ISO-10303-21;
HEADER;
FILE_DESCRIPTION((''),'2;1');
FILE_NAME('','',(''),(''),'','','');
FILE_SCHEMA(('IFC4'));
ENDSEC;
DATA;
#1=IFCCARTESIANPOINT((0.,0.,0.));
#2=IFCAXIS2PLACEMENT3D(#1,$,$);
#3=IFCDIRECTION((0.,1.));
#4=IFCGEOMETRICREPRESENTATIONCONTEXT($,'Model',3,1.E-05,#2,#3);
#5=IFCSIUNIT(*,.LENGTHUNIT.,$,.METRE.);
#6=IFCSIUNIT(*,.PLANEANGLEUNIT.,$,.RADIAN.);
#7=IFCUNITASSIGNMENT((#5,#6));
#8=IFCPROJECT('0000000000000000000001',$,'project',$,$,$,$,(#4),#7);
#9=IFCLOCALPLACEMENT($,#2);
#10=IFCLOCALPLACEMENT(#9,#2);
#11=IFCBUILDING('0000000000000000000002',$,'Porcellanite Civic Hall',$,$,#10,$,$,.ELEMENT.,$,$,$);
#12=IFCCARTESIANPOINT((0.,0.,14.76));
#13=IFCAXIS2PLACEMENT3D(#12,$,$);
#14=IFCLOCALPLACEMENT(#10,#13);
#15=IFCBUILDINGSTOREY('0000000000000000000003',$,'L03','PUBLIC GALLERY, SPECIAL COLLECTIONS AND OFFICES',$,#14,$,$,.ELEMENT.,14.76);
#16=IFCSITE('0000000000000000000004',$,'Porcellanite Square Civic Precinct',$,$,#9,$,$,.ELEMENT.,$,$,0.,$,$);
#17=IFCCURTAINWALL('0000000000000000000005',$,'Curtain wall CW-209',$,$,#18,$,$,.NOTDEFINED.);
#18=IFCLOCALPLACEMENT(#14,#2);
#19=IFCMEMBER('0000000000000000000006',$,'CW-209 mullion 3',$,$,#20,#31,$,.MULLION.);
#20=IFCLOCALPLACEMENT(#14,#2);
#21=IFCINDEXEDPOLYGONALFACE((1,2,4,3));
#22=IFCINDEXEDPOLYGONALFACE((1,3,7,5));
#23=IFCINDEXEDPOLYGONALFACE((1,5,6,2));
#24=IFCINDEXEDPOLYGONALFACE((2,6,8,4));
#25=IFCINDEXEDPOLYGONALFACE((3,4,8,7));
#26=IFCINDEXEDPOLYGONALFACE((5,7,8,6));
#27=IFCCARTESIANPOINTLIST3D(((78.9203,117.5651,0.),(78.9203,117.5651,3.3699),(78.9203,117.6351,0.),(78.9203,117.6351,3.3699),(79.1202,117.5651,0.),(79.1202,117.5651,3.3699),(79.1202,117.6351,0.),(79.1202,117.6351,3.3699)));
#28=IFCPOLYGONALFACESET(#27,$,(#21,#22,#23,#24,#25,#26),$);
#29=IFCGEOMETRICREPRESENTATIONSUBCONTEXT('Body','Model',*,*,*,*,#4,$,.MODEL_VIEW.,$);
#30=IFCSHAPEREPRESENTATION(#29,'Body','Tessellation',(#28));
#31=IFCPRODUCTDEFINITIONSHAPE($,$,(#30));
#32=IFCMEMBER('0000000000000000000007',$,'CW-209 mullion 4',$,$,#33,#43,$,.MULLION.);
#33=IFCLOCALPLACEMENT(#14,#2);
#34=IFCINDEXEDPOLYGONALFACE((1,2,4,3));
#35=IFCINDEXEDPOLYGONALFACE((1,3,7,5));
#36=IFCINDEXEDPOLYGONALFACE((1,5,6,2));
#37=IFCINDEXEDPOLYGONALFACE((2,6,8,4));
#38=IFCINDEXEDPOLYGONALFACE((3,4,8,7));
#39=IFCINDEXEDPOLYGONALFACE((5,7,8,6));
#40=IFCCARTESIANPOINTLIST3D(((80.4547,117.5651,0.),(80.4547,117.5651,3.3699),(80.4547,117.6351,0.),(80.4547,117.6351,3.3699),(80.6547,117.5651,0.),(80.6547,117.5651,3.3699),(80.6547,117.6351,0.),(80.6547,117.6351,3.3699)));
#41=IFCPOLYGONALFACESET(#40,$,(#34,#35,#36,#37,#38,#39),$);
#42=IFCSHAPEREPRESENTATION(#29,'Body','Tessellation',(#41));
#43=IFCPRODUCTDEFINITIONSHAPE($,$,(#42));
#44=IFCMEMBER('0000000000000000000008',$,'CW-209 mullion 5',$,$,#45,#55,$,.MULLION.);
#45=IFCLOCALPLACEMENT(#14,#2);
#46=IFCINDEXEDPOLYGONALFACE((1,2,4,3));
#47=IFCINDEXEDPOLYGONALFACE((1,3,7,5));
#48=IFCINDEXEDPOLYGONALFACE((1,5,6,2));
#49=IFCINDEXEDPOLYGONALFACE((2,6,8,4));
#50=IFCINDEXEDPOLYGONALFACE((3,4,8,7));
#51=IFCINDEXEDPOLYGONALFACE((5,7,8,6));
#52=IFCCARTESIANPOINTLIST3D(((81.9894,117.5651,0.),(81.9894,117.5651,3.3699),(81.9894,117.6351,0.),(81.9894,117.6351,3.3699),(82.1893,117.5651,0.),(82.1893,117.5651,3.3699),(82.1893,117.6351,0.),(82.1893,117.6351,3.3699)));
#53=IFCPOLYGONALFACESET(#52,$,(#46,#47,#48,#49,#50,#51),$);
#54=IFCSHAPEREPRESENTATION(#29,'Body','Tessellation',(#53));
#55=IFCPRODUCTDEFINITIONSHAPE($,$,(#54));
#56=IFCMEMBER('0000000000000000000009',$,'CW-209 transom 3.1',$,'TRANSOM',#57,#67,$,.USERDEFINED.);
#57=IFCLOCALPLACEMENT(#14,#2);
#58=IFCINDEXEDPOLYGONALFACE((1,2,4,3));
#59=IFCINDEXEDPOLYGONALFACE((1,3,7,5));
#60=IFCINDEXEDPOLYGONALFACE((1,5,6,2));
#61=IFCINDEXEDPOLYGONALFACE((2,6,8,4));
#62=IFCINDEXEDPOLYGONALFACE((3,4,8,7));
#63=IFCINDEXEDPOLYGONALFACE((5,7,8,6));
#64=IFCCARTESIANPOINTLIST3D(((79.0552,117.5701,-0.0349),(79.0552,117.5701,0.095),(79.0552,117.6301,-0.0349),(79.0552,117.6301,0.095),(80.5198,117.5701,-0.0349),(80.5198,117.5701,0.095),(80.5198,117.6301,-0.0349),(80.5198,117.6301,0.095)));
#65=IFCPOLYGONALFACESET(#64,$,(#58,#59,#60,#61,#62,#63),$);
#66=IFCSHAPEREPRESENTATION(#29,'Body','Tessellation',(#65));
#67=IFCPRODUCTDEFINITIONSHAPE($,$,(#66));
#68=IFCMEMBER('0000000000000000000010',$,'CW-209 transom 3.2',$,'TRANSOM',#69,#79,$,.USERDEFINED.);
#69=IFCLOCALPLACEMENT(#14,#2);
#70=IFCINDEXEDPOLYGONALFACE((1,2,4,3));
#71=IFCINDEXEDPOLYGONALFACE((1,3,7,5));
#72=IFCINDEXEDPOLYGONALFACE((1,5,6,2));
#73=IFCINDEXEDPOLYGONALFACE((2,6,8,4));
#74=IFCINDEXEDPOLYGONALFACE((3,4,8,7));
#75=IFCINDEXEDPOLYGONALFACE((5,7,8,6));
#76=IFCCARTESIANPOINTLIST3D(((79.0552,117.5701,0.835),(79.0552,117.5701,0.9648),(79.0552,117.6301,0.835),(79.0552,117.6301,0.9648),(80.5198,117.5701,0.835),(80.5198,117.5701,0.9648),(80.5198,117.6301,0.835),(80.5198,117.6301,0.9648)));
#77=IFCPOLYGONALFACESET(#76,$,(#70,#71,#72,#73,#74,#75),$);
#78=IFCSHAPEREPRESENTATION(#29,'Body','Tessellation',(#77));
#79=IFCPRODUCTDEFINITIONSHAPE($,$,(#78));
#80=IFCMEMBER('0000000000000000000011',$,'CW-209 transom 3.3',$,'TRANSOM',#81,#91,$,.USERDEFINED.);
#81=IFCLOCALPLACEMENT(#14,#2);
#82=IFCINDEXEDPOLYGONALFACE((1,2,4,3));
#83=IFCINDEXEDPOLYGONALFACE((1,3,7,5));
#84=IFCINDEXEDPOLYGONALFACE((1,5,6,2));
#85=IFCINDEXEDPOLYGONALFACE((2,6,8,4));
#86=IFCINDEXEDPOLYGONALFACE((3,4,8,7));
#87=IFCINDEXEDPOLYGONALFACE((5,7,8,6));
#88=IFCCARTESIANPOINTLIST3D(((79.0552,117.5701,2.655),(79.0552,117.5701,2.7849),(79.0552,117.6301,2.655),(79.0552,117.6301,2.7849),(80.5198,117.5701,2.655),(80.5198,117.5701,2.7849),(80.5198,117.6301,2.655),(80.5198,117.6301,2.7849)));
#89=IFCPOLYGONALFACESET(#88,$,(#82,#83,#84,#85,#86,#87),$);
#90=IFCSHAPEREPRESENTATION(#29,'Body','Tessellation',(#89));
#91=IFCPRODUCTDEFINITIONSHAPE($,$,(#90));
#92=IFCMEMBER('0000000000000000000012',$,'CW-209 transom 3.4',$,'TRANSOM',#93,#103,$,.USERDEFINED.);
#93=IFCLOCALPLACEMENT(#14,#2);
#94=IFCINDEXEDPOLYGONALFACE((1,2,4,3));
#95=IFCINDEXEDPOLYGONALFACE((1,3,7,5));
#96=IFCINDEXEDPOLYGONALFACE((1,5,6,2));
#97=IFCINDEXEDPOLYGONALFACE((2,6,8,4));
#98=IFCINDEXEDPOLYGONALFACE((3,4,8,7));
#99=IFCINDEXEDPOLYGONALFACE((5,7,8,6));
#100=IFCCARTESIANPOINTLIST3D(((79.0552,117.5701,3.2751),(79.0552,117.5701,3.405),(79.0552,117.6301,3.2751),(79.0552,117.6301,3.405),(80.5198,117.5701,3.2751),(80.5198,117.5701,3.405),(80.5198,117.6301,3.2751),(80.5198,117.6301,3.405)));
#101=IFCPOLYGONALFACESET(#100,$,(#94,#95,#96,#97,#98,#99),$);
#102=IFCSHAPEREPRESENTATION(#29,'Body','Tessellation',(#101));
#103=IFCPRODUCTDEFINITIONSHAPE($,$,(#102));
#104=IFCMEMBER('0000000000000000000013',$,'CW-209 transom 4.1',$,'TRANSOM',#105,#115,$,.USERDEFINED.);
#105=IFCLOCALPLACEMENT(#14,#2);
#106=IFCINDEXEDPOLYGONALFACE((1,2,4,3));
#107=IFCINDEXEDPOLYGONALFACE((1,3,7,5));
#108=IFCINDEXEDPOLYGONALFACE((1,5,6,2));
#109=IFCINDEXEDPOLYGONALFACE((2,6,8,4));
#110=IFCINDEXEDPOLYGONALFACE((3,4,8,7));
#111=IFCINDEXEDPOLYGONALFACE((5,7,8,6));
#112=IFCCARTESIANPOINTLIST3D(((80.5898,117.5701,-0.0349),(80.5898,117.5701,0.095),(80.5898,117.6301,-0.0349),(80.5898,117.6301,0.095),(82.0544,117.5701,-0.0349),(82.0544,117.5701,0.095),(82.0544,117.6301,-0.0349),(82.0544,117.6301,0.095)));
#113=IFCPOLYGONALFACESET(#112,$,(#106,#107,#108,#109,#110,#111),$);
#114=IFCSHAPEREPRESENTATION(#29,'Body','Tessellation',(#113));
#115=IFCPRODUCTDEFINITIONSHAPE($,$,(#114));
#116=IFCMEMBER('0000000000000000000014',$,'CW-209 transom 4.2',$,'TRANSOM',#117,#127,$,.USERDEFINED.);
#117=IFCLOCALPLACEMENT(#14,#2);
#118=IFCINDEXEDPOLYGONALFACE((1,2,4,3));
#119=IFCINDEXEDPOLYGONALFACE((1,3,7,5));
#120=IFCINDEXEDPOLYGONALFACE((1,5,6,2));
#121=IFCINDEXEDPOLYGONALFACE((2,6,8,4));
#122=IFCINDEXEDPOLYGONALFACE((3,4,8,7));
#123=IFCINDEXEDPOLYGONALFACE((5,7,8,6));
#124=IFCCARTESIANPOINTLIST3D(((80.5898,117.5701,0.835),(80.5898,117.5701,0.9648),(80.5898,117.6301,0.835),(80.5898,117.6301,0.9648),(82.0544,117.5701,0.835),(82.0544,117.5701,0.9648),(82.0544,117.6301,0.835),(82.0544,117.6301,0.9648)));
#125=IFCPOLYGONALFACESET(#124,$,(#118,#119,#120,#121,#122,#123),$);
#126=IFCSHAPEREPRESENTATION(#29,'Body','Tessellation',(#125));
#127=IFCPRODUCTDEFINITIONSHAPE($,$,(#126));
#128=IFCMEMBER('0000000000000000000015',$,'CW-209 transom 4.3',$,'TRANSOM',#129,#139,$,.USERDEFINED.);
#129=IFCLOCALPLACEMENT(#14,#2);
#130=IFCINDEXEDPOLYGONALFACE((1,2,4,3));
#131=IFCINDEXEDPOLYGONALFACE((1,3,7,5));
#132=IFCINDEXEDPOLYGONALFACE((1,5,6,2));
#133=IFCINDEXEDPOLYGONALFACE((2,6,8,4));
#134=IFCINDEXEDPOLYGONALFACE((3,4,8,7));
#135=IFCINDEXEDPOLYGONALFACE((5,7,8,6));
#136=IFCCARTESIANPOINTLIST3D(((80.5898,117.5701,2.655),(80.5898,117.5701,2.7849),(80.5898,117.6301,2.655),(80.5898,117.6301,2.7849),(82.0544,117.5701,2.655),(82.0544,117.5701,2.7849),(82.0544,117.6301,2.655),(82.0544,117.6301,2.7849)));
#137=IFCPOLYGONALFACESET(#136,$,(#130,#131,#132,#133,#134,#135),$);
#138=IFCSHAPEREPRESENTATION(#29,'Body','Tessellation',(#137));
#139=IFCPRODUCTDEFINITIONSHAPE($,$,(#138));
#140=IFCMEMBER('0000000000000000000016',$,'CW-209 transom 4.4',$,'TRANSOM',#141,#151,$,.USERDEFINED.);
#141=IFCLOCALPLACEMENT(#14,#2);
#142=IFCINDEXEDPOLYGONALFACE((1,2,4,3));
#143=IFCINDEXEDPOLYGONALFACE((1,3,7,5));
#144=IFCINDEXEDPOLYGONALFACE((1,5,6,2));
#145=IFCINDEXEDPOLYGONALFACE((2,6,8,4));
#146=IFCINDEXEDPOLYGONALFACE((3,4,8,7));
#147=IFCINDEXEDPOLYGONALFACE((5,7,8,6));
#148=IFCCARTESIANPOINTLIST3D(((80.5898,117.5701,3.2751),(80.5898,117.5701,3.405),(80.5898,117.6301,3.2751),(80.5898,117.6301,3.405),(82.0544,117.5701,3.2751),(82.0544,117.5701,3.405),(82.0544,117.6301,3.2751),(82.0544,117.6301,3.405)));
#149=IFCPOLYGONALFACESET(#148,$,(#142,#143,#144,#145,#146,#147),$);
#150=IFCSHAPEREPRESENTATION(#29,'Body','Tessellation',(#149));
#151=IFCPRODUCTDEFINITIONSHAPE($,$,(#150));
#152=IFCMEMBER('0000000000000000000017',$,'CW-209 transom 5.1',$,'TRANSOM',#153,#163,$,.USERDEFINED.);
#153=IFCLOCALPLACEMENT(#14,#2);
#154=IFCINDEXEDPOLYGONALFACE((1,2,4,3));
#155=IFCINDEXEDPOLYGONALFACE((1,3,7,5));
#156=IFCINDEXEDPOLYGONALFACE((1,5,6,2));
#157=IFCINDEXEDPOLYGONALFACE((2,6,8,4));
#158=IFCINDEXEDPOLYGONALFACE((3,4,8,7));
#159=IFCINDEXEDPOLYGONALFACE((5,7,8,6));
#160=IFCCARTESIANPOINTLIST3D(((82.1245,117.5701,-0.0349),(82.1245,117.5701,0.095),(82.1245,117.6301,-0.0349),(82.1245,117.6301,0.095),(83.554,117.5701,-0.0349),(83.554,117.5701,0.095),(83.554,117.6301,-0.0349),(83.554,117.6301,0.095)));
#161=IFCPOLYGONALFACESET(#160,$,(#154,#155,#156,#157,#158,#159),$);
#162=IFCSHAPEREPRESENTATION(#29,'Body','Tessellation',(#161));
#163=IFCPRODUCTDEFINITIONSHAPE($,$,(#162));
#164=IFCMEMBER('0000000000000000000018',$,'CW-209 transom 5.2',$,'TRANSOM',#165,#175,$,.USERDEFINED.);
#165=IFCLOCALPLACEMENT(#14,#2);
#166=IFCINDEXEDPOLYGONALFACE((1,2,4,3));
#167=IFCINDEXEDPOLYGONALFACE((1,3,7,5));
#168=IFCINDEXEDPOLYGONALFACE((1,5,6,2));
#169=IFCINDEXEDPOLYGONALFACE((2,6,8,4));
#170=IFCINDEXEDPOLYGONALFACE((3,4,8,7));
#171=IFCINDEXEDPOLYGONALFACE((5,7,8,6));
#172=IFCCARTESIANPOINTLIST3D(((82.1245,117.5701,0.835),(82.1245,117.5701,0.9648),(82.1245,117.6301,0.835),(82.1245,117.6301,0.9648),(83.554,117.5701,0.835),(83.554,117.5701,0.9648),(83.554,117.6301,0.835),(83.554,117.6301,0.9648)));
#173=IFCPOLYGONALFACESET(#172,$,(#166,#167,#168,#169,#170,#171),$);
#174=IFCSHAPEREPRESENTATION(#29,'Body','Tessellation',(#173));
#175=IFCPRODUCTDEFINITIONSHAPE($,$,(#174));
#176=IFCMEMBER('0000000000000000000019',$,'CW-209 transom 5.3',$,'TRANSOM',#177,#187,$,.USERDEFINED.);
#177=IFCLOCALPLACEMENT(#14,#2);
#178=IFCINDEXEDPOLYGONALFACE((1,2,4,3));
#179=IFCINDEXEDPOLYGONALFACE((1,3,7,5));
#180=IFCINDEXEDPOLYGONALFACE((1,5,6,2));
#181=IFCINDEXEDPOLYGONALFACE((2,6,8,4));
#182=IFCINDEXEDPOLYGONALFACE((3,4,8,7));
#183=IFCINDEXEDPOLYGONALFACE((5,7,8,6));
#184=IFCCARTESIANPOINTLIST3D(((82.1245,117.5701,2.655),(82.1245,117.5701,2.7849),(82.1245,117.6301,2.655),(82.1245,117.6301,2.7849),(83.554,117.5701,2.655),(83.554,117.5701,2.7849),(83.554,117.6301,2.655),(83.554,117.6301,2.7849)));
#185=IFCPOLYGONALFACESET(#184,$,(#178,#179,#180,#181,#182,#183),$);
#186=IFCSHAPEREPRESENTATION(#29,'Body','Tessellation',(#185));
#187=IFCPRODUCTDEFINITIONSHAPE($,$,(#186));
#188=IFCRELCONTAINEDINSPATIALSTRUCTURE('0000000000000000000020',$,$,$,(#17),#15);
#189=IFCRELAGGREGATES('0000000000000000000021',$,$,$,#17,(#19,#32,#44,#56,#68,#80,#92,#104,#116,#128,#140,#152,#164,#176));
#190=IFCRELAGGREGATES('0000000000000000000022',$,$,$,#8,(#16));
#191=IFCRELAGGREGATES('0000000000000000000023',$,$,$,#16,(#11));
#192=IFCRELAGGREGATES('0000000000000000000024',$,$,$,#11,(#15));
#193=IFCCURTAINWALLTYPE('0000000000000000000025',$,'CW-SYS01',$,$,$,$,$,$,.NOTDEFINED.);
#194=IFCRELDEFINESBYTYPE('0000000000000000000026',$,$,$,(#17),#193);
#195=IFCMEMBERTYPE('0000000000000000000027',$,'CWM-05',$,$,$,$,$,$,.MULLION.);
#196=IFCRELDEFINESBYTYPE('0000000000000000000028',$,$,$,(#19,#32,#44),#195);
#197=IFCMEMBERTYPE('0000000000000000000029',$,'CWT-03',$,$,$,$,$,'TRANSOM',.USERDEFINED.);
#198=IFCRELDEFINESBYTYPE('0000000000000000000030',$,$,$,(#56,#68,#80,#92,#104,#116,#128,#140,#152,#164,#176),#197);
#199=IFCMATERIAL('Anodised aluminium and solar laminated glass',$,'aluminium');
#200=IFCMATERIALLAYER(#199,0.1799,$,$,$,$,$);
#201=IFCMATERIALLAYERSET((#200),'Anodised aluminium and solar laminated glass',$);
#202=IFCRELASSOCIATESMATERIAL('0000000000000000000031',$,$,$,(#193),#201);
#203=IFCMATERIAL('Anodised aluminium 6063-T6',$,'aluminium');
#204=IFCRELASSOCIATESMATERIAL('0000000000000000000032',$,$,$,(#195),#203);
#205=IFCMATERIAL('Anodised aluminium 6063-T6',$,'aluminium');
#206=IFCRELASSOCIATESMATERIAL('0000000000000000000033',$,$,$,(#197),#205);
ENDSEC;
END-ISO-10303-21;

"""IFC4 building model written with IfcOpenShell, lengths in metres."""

from ifc_helpers import new_model, si_unit, direction, frame, origin, origin_2d, place, context, subcontext, project, spatial, rectangle, extrude, material, layer, layer_set, material_profile, profile_set, type_object, element, aggregate, save


model = new_model("IFC4")

# Units and contexts
model_context = context("Model", 3, precision=1e-05, world=origin(), true_north=direction((0.0, 1.0)))
body_context = subcontext(model_context, "Body", "Model", "MODEL_VIEW")
ifc_project = project(units=[si_unit("LENGTHUNIT", "METRE"), si_unit("PLANEANGLEUNIT", "RADIAN")], contexts=[model_context])

# Site, building, storey
site_placement = place(None, origin())
site = spatial("IfcSite", under=ifc_project, at=site_placement, Name="Porcellanite Square Civic Precinct", CompositionType="ELEMENT", RefElevation=0.0)
building_placement = place(site_placement, origin())
building = spatial("IfcBuilding", under=site, at=building_placement, Name="Porcellanite Civic Hall", CompositionType="ELEMENT")
storey_placement = place(building_placement, frame((0.0, 0.0, 14.76)))
storey = spatial("IfcBuildingStorey", under=building, at=storey_placement, Name="L03", Description="PUBLIC GALLERY, SPECIAL COLLECTIONS AND OFFICES", CompositionType="ELEMENT", Elevation=14.76)

# Curtain wall, members
ifc_material_1 = material(Name="Anodised aluminium and solar laminated glass", Category="aluminium")
ifc_layer_1 = layer(ifc_material_1, 0.1799)
ifc_layer_set_1 = layer_set([ifc_layer_1], Name="Anodised aluminium and solar laminated glass")
curtain_wall_type = type_object("IfcCurtainWallType", Name="CW-SYS01", PredefinedType="NOTDEFINED", material=ifc_layer_set_1)
curtain_wall_placement = place(storey_placement, origin())
curtain_wall = element("IfcCurtainWall", 1, at=curtain_wall_placement, inside=storey, type_object=curtain_wall_type, Name="Curtain wall CW-209", PredefinedType="NOTDEFINED")
ifc_material_2 = material(Name="Anodised aluminium 6063-T6", Category="aluminium")
ifc_material_profile_1 = material_profile(ifc_material_2, rectangle(XDim=0.0701, YDim=0.2, at=origin_2d()), Name="AL-70x200")
ifc_profile_set_1 = profile_set([ifc_material_profile_1], Name="Anodised aluminium 6063-T6")
member_type_1 = type_object("IfcMemberType", Name="CWM-05", PredefinedType="MULLION", material=ifc_profile_set_1)
member_1_placement = place(storey_placement, frame((79.0203, 117.6001, 0.0), z_axis=(0.0, 0.0, 1.0), x_axis=(0.0, 1.0, 0.0)))
member_1 = element("IfcMember", 2, at=member_1_placement, type_object=member_type_1, Name="CW-209 mullion 3", PredefinedType="MULLION", context=body_context, shape_type="SweptSolid", body=[
    extrude(rectangle(XDim=0.0701, YDim=0.2, at=origin_2d()), origin(), (0.0, 0.0, 1.0), 3.3699),
])
member_2_placement = place(storey_placement, frame((80.5547, 117.6001, 0.0), z_axis=(0.0, 0.0, 1.0), x_axis=(0.0, 1.0, 0.0)))
member_2 = element("IfcMember", 3, at=member_2_placement, type_object=member_type_1, Name="CW-209 mullion 4", PredefinedType="MULLION", context=body_context, shape_type="SweptSolid", body=[
    extrude(rectangle(XDim=0.0701, YDim=0.2, at=origin_2d()), origin(), (0.0, 0.0, 1.0), 3.3699),
])
member_3_placement = place(storey_placement, frame((82.0894, 117.6001, 0.0), z_axis=(0.0, 0.0, 1.0), x_axis=(0.0, 1.0, 0.0)))
member_3 = element("IfcMember", 4, at=member_3_placement, type_object=member_type_1, Name="CW-209 mullion 5", PredefinedType="MULLION", context=body_context, shape_type="SweptSolid", body=[
    extrude(rectangle(XDim=0.0701, YDim=0.2, at=origin_2d()), origin(), (0.0, 0.0, 1.0), 3.3699),
])
ifc_material_3 = material(Name="Anodised aluminium 6063-T6", Category="aluminium")
ifc_material_profile_2 = material_profile(ifc_material_3, rectangle(XDim=0.0601, YDim=0.1299, at=origin_2d()), Name="AL-60x130")
ifc_profile_set_2 = profile_set([ifc_material_profile_2], Name="Anodised aluminium 6063-T6")
member_type_2 = type_object("IfcMemberType", Name="CWT-03", ElementType="TRANSOM", PredefinedType="USERDEFINED", material=ifc_profile_set_2)
member_4_placement = place(storey_placement, frame((79.0552, 117.6001, 0.03), z_axis=(1.0, 0.0, 0.0), x_axis=(0.0, 1.0, 0.0)))
member_4 = element("IfcMember", 5, at=member_4_placement, type_object=member_type_2, Name="CW-209 transom 3.1", ObjectType="TRANSOM", PredefinedType="USERDEFINED", context=body_context, shape_type="SweptSolid", body=[
    extrude(rectangle(XDim=0.0601, YDim=0.1299, at=origin_2d()), origin(), (0.0, 0.0, 1.0), 1.4646),
])
member_5_placement = place(storey_placement, frame((79.0552, 117.6001, 0.8999), z_axis=(1.0, 0.0, 0.0), x_axis=(0.0, 1.0, 0.0)))
member_5 = element("IfcMember", 6, at=member_5_placement, type_object=member_type_2, Name="CW-209 transom 3.2", ObjectType="TRANSOM", PredefinedType="USERDEFINED", context=body_context, shape_type="SweptSolid", body=[
    extrude(rectangle(XDim=0.0601, YDim=0.1299, at=origin_2d()), origin(), (0.0, 0.0, 1.0), 1.4646),
])
member_6_placement = place(storey_placement, frame((79.0552, 117.6001, 2.72), z_axis=(1.0, 0.0, 0.0), x_axis=(0.0, 1.0, 0.0)))
member_6 = element("IfcMember", 7, at=member_6_placement, type_object=member_type_2, Name="CW-209 transom 3.3", ObjectType="TRANSOM", PredefinedType="USERDEFINED", context=body_context, shape_type="SweptSolid", body=[
    extrude(rectangle(XDim=0.0601, YDim=0.1299, at=origin_2d()), origin(), (0.0, 0.0, 1.0), 1.4646),
])
member_7_placement = place(storey_placement, frame((79.0552, 117.6001, 3.3401), z_axis=(1.0, 0.0, 0.0), x_axis=(0.0, 1.0, 0.0)))
member_7 = element("IfcMember", 8, at=member_7_placement, type_object=member_type_2, Name="CW-209 transom 3.4", ObjectType="TRANSOM", PredefinedType="USERDEFINED", context=body_context, shape_type="SweptSolid", body=[
    extrude(rectangle(XDim=0.0601, YDim=0.1299, at=origin_2d()), origin(), (0.0, 0.0, 1.0), 1.4646),
])
member_8_placement = place(storey_placement, frame((80.5898, 117.6001, 0.03), z_axis=(1.0, 0.0, 0.0), x_axis=(0.0, 1.0, 0.0)))
member_8 = element("IfcMember", 9, at=member_8_placement, type_object=member_type_2, Name="CW-209 transom 4.1", ObjectType="TRANSOM", PredefinedType="USERDEFINED", context=body_context, shape_type="SweptSolid", body=[
    extrude(rectangle(XDim=0.0601, YDim=0.1299, at=origin_2d()), origin(), (0.0, 0.0, 1.0), 1.4646),
])
member_9_placement = place(storey_placement, frame((80.5898, 117.6001, 0.8999), z_axis=(1.0, 0.0, 0.0), x_axis=(0.0, 1.0, 0.0)))
member_9 = element("IfcMember", 10, at=member_9_placement, type_object=member_type_2, Name="CW-209 transom 4.2", ObjectType="TRANSOM", PredefinedType="USERDEFINED", context=body_context, shape_type="SweptSolid", body=[
    extrude(rectangle(XDim=0.0601, YDim=0.1299, at=origin_2d()), origin(), (0.0, 0.0, 1.0), 1.4646),
])
member_10_placement = place(storey_placement, frame((80.5898, 117.6001, 2.72), z_axis=(1.0, 0.0, 0.0), x_axis=(0.0, 1.0, 0.0)))
member_10 = element("IfcMember", 11, at=member_10_placement, type_object=member_type_2, Name="CW-209 transom 4.3", ObjectType="TRANSOM", PredefinedType="USERDEFINED", context=body_context, shape_type="SweptSolid", body=[
    extrude(rectangle(XDim=0.0601, YDim=0.1299, at=origin_2d()), origin(), (0.0, 0.0, 1.0), 1.4646),
])
member_11_placement = place(storey_placement, frame((80.5898, 117.6001, 3.3401), z_axis=(1.0, 0.0, 0.0), x_axis=(0.0, 1.0, 0.0)))
member_11 = element("IfcMember", 12, at=member_11_placement, type_object=member_type_2, Name="CW-209 transom 4.4", ObjectType="TRANSOM", PredefinedType="USERDEFINED", context=body_context, shape_type="SweptSolid", body=[
    extrude(rectangle(XDim=0.0601, YDim=0.1299, at=origin_2d()), origin(), (0.0, 0.0, 1.0), 1.4646),
])
member_12_placement = place(storey_placement, frame((82.1245, 117.6001, 0.03), z_axis=(1.0, 0.0, 0.0), x_axis=(0.0, 1.0, 0.0)))
member_12 = element("IfcMember", 13, at=member_12_placement, type_object=member_type_2, Name="CW-209 transom 5.1", ObjectType="TRANSOM", PredefinedType="USERDEFINED", context=body_context, shape_type="SweptSolid", body=[
    extrude(rectangle(XDim=0.0601, YDim=0.1299, at=origin_2d()), origin(), (0.0, 0.0, 1.0), 1.4294),
])
member_13_placement = place(storey_placement, frame((82.1245, 117.6001, 0.8999), z_axis=(1.0, 0.0, 0.0), x_axis=(0.0, 1.0, 0.0)))
member_13 = element("IfcMember", 14, at=member_13_placement, type_object=member_type_2, Name="CW-209 transom 5.2", ObjectType="TRANSOM", PredefinedType="USERDEFINED", context=body_context, shape_type="SweptSolid", body=[
    extrude(rectangle(XDim=0.0601, YDim=0.1299, at=origin_2d()), origin(), (0.0, 0.0, 1.0), 1.4294),
])
member_14_placement = place(storey_placement, frame((82.1245, 117.6001, 2.72), z_axis=(1.0, 0.0, 0.0), x_axis=(0.0, 1.0, 0.0)))
member_14 = element("IfcMember", 15, at=member_14_placement, type_object=member_type_2, Name="CW-209 transom 5.3", ObjectType="TRANSOM", PredefinedType="USERDEFINED", context=body_context, shape_type="SweptSolid", body=[
    extrude(rectangle(XDim=0.0601, YDim=0.1299, at=origin_2d()), origin(), (0.0, 0.0, 1.0), 1.4294),
])

aggregate(curtain_wall, [member_1, member_2, member_3, member_4, member_5, member_6, member_7, member_8, member_9, member_10, member_11, member_12, member_13, member_14])

save(model, "model.ifc")
